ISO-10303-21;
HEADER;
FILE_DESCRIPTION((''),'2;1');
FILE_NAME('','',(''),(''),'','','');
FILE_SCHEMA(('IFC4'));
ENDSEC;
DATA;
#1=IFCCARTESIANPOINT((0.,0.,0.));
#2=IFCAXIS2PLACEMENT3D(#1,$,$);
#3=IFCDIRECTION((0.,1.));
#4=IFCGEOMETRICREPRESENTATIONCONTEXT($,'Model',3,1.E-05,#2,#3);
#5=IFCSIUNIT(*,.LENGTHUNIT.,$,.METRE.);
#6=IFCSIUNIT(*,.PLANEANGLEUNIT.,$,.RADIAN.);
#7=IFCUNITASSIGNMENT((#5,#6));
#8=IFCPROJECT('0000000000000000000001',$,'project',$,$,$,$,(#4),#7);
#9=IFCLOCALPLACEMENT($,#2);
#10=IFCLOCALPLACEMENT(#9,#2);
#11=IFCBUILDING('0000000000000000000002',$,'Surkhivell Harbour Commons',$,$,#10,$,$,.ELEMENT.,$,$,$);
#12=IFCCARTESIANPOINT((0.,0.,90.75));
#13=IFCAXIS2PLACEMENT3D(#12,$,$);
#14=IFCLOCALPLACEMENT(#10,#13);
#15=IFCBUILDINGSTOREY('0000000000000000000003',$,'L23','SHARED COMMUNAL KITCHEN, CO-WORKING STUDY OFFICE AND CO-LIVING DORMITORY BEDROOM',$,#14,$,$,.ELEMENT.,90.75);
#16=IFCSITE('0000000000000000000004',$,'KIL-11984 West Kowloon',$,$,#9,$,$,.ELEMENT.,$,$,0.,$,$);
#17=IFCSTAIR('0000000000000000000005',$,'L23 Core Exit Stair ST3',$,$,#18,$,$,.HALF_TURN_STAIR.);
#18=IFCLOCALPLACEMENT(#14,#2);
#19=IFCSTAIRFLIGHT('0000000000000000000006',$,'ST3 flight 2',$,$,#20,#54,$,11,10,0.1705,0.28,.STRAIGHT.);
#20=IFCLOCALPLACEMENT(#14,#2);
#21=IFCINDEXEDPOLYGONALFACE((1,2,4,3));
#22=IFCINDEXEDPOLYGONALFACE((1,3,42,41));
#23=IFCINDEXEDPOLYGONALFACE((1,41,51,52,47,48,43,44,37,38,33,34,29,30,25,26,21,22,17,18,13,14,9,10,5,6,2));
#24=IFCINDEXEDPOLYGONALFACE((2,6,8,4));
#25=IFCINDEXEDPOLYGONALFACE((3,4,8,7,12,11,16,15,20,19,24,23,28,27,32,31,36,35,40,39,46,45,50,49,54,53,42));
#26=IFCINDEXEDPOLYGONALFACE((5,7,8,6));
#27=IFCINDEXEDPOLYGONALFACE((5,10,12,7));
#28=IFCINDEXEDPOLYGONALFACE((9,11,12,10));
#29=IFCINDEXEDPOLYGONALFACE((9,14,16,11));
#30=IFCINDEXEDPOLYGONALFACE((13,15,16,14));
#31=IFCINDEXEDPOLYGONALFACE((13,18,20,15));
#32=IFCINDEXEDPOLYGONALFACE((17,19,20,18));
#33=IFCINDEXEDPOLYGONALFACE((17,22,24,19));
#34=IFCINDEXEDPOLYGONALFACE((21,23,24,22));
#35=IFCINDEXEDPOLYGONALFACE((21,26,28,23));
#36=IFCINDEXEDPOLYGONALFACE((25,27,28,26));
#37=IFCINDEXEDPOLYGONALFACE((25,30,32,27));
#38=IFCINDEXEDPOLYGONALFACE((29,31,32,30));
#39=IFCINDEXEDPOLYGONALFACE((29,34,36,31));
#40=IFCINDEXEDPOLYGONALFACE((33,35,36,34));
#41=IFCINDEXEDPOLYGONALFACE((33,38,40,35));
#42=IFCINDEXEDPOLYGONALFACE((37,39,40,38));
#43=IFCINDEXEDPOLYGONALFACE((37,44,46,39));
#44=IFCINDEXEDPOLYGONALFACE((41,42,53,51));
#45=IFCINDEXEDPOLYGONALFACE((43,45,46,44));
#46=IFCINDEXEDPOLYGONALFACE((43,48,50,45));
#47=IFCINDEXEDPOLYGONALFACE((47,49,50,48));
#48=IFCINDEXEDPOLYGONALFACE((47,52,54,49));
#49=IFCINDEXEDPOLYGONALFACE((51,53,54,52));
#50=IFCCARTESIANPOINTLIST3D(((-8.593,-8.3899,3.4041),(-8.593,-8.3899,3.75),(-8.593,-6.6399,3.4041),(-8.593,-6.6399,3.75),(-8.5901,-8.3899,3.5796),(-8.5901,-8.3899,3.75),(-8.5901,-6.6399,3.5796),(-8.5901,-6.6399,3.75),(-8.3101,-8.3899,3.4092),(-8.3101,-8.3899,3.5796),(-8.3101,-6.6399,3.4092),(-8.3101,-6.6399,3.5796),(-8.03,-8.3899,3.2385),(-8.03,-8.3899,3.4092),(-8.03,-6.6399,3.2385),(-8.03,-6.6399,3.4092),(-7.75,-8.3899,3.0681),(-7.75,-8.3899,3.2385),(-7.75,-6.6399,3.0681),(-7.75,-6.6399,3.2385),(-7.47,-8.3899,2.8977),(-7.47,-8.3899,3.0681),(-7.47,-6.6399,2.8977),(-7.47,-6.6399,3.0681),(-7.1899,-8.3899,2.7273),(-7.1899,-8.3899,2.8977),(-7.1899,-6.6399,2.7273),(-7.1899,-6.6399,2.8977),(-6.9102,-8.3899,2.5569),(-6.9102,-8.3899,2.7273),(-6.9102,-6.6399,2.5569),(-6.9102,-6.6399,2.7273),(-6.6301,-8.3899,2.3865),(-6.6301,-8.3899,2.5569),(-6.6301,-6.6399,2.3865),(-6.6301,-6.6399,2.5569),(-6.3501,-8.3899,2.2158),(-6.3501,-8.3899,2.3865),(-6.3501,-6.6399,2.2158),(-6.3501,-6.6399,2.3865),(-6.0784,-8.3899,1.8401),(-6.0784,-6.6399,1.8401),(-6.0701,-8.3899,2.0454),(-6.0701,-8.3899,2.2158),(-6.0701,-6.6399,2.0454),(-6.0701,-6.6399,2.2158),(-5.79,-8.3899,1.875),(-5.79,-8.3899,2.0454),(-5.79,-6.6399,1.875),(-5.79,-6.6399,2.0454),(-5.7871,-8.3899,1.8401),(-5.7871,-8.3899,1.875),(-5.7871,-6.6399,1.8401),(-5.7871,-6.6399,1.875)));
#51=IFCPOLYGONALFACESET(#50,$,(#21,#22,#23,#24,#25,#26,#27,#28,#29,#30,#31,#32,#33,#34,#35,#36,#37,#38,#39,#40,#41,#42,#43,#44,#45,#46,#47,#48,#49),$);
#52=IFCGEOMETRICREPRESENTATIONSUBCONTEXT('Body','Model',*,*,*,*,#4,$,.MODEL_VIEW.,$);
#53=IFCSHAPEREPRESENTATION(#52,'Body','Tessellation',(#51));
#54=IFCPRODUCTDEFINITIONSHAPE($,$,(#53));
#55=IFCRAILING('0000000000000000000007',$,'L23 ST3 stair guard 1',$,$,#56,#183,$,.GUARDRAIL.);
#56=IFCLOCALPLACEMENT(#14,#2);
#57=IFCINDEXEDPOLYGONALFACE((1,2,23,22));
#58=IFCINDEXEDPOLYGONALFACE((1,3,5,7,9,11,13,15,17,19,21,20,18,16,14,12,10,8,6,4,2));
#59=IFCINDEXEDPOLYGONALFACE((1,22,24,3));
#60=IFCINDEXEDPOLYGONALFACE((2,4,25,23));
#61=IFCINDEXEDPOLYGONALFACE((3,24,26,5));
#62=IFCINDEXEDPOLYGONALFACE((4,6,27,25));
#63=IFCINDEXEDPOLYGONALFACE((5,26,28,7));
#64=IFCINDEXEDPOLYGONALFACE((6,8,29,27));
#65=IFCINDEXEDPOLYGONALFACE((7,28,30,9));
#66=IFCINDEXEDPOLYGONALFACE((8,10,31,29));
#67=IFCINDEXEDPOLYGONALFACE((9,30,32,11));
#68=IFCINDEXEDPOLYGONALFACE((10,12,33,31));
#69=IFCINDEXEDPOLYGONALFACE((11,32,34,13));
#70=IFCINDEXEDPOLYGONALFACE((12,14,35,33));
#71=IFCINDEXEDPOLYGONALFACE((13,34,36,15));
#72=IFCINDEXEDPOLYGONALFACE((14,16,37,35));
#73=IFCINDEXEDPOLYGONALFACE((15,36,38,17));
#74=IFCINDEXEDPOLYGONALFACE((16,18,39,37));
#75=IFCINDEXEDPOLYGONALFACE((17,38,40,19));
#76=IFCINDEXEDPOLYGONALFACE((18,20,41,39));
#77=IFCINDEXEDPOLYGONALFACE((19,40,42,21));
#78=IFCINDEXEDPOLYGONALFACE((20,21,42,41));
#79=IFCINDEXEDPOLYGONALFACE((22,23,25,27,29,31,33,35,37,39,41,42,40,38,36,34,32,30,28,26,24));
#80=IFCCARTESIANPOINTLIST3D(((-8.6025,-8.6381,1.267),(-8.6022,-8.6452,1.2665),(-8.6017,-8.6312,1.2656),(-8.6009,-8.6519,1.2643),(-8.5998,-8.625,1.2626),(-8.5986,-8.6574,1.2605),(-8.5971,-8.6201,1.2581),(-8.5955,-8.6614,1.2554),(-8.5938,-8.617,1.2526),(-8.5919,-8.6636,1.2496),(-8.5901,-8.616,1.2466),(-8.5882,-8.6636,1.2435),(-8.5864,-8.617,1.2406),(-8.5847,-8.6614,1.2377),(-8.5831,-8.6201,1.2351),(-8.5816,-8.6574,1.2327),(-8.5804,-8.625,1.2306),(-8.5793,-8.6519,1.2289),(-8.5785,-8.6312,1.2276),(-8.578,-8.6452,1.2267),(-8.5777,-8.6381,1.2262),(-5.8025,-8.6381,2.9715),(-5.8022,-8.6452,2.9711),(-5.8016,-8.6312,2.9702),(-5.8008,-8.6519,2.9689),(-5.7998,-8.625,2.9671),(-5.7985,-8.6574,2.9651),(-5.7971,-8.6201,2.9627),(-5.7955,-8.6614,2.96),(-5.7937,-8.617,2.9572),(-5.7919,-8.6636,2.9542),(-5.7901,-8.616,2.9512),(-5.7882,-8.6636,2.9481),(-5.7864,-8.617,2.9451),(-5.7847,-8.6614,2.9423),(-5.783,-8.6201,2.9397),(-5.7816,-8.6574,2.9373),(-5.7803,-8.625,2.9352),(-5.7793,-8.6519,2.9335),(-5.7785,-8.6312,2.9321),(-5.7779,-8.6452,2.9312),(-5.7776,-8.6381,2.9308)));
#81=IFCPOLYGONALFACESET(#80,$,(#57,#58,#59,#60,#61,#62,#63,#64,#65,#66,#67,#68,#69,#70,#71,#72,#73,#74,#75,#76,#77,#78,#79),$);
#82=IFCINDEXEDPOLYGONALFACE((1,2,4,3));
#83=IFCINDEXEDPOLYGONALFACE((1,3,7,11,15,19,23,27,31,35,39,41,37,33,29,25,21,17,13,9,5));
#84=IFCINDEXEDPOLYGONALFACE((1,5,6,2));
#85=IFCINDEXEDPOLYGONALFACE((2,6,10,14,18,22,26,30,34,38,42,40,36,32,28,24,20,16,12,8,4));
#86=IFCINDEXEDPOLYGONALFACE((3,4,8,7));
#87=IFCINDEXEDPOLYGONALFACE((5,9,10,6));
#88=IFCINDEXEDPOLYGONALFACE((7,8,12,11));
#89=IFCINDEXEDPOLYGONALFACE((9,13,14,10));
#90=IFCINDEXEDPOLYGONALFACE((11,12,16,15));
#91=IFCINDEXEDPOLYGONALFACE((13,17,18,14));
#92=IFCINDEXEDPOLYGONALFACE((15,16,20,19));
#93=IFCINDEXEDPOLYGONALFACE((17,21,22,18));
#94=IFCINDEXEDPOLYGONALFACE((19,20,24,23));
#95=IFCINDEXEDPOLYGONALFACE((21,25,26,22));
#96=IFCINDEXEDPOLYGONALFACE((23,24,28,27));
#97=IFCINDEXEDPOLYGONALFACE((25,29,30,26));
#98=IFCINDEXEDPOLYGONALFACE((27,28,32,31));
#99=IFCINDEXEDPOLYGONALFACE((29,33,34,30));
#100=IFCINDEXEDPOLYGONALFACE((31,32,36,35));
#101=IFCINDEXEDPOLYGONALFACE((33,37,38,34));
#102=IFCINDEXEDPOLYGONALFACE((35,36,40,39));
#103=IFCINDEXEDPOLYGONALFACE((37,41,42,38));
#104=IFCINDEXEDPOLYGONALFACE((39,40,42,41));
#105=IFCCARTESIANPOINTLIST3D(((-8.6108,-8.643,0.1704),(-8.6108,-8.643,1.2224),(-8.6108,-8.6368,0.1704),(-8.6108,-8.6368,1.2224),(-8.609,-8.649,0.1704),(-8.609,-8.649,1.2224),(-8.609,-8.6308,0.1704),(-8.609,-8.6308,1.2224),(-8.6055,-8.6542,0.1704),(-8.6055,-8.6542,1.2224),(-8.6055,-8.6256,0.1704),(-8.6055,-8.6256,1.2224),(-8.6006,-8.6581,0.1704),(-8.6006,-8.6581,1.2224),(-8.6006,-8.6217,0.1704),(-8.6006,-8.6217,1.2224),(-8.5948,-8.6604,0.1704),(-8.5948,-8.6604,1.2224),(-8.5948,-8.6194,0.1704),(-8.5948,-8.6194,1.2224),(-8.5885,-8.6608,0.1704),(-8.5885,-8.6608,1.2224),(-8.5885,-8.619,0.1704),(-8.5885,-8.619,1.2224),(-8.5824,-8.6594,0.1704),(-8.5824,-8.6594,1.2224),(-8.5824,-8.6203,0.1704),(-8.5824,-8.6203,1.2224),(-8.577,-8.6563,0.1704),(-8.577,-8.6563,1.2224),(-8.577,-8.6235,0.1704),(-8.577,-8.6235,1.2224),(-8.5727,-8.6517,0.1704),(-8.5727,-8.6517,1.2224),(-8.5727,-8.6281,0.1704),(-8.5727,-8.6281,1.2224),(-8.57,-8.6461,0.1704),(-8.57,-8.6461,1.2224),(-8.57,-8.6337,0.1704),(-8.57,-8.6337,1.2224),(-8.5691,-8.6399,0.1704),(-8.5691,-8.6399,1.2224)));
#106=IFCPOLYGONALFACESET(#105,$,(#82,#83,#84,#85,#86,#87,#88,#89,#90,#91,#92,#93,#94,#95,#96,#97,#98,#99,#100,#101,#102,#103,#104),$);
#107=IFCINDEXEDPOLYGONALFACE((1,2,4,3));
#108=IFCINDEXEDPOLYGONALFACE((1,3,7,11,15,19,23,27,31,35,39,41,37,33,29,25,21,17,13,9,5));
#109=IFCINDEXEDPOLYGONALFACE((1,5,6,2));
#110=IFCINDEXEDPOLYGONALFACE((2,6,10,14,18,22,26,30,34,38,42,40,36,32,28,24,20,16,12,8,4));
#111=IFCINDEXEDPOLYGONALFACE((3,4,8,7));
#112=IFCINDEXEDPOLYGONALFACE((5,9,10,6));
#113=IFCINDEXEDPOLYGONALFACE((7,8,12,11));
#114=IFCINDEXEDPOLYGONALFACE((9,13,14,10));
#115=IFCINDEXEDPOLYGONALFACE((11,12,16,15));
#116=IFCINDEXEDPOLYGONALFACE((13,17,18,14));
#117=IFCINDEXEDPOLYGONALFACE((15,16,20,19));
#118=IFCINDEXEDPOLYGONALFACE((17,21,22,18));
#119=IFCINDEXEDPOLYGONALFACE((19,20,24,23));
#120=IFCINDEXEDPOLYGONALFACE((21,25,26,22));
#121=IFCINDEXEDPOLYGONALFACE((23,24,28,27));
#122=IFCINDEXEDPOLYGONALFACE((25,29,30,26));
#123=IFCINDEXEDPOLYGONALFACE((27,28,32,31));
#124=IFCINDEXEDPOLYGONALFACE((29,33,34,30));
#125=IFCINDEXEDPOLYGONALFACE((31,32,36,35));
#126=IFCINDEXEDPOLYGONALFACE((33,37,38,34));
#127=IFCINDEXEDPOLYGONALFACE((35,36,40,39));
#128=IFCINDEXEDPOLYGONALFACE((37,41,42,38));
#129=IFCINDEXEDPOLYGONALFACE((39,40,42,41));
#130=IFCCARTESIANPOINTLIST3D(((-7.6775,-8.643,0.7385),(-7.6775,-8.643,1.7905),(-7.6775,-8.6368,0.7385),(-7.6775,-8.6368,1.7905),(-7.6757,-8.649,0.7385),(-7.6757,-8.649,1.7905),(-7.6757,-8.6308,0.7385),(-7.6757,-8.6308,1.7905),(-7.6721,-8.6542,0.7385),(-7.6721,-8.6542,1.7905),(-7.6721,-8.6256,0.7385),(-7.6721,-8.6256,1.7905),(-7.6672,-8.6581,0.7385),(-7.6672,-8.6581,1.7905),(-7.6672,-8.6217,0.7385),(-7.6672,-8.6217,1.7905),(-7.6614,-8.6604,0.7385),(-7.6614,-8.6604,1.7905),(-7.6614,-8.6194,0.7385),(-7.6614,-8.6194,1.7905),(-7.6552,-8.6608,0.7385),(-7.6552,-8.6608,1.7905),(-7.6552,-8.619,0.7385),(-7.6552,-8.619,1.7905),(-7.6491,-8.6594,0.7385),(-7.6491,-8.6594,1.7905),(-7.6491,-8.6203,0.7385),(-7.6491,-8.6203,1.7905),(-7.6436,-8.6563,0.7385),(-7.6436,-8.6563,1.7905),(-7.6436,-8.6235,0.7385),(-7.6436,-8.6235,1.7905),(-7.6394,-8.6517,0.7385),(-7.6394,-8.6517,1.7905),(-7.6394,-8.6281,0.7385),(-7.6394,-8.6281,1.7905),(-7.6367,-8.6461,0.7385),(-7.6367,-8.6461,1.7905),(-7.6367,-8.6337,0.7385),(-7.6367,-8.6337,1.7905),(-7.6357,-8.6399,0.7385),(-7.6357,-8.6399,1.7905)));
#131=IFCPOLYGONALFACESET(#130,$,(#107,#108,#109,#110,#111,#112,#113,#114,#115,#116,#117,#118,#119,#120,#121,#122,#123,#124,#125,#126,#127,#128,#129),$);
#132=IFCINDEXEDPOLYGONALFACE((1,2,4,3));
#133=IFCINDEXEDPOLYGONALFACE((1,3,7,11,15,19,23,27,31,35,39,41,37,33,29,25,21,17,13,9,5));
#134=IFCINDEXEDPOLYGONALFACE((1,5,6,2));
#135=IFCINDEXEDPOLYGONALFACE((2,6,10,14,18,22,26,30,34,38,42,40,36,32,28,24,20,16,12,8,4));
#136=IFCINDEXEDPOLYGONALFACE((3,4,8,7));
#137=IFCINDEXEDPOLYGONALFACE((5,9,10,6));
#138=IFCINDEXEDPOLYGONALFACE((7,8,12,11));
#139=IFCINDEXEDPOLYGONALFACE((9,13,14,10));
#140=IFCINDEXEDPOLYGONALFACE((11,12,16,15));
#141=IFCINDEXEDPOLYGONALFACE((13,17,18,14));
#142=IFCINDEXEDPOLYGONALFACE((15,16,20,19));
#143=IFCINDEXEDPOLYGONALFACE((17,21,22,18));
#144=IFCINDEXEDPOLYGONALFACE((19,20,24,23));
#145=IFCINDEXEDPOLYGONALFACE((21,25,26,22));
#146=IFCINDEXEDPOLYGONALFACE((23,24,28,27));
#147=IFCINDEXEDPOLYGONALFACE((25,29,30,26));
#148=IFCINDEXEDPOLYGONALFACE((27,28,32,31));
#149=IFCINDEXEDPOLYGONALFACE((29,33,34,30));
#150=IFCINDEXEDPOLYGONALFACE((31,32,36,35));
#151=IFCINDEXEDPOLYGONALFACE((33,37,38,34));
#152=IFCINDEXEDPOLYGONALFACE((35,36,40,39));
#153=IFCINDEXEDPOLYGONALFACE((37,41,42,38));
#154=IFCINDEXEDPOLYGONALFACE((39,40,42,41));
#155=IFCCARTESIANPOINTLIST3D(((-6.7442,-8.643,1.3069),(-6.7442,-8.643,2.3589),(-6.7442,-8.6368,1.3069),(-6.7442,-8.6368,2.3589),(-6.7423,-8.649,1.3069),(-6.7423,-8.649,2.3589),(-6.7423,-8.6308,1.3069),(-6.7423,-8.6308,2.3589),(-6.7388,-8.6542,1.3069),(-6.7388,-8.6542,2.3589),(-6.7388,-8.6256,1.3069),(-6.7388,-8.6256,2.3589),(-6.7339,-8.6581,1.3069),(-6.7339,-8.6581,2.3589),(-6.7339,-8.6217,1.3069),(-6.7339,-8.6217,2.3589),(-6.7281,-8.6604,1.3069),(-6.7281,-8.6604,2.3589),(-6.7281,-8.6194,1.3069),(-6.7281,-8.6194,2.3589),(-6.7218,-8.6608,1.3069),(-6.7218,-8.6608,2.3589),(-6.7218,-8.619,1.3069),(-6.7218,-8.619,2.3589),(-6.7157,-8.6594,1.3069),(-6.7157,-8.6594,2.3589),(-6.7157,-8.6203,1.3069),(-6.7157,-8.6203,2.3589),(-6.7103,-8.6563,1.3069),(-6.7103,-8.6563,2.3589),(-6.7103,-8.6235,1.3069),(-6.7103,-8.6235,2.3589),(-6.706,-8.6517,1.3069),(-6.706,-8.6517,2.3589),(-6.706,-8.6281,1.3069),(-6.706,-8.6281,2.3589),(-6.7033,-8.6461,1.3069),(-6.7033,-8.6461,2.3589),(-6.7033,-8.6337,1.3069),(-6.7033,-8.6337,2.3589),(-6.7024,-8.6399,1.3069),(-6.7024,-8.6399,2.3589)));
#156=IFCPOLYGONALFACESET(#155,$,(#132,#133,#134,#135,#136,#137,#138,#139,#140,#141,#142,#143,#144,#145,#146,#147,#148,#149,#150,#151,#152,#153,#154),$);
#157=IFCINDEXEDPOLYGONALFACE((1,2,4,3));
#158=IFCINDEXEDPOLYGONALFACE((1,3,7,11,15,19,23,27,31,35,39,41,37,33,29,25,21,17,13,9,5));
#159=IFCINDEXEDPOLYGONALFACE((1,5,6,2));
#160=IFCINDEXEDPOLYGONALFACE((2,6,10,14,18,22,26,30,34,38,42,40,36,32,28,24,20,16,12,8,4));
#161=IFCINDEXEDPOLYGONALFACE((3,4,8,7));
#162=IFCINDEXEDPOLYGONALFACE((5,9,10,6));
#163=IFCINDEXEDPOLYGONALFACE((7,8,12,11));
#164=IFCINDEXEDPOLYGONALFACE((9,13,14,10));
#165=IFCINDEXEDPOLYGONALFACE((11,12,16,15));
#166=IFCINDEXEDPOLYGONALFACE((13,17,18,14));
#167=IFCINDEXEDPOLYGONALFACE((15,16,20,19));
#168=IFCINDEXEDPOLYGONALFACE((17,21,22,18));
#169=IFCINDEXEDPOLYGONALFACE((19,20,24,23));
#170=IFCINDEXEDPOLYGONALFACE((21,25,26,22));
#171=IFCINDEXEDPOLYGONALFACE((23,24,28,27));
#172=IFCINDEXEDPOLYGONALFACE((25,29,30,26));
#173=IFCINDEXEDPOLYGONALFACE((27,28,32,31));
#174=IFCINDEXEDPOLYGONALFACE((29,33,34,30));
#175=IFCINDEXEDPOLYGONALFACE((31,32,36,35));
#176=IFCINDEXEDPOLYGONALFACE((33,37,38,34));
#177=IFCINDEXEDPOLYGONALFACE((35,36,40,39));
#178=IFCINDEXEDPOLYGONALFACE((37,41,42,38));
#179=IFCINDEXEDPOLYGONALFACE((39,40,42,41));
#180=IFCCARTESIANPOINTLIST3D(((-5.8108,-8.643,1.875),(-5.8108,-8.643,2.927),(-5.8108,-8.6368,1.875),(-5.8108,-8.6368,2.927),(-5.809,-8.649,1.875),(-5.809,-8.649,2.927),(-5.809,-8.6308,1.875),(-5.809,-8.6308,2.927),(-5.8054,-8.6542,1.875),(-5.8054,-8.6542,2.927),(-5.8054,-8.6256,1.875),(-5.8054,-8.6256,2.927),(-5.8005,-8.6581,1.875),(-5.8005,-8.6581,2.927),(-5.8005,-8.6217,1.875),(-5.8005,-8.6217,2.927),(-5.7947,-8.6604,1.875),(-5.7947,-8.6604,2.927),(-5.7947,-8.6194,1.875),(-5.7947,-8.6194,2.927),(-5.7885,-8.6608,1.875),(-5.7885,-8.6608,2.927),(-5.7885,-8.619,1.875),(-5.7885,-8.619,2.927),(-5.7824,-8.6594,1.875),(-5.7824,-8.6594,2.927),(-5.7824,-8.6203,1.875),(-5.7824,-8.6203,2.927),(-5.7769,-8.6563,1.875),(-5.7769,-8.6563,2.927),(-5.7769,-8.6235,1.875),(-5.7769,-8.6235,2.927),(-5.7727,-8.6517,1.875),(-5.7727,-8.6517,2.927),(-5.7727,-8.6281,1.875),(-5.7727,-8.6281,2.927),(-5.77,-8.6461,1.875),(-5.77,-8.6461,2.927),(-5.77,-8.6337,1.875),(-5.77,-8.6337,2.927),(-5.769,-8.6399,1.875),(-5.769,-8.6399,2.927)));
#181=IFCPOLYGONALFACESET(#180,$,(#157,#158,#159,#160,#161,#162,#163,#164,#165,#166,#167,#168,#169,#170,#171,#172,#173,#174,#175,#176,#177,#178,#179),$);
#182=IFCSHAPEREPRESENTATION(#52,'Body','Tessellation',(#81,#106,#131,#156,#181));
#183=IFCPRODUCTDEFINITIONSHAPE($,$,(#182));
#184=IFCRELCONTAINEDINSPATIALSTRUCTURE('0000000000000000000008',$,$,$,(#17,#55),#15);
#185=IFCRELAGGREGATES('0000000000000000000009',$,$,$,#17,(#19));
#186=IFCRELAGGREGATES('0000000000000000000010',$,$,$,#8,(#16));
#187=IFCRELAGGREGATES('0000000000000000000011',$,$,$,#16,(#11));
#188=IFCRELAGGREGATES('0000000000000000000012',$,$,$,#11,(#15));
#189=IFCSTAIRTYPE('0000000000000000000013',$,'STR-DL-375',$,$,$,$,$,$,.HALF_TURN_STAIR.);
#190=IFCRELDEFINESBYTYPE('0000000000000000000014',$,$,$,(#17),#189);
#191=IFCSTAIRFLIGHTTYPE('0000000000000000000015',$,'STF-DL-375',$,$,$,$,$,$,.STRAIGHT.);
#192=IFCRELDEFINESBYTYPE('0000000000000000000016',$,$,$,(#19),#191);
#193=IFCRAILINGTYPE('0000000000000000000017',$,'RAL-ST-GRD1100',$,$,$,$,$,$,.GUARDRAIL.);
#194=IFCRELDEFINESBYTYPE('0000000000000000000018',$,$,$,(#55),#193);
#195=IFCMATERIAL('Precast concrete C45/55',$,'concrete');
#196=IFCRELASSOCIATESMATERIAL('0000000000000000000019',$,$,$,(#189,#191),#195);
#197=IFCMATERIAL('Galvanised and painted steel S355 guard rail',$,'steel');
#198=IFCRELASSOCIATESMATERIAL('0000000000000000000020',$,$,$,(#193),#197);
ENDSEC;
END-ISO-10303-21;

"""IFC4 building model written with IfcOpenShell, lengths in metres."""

from ifc_helpers import new_model, si_unit, direction, frame, origin, origin_2d, place, context, subcontext, project, spatial, polyline, circle, outline, extrude, material, type_object, element, aggregate, save


model = new_model("IFC4")

# Units and contexts
model_context = context("Model", 3, precision=1e-05, world=origin(), true_north=direction((0.0, 1.0)))
body_context = subcontext(model_context, "Body", "Model", "MODEL_VIEW")
ifc_project = project(units=[si_unit("LENGTHUNIT", "METRE"), si_unit("PLANEANGLEUNIT", "RADIAN")], contexts=[model_context])

# Site, building, storey
site_placement = place(None, origin())
site = spatial("IfcSite", under=ifc_project, at=site_placement, Name="KIL-11984 West Kowloon", CompositionType="ELEMENT", RefElevation=0.0)
building_placement = place(site_placement, origin())
building = spatial("IfcBuilding", under=site, at=building_placement, Name="Surkhivell Harbour Commons", CompositionType="ELEMENT")
storey_placement = place(building_placement, frame((0.0, 0.0, 90.75)))
storey = spatial("IfcBuildingStorey", under=building, at=storey_placement, Name="L23", Description="SHARED COMMUNAL KITCHEN, CO-WORKING STUDY OFFICE AND CO-LIVING DORMITORY BEDROOM", CompositionType="ELEMENT", Elevation=90.75)

# Stair, stair flight
ifc_material_1 = material(Name="Precast concrete C45/55", Category="concrete")
stair_type = type_object("IfcStairType", Name="STR-DL-375", PredefinedType="HALF_TURN_STAIR", material=ifc_material_1)
stair_placement = place(storey_placement, origin())
stair = element("IfcStair", 1, at=stair_placement, inside=storey, type_object=stair_type, Name="L23 Core Exit Stair ST3", PredefinedType="HALF_TURN_STAIR")
stair_flight_type = type_object("IfcStairFlightType", Name="STF-DL-375", PredefinedType="STRAIGHT", material=ifc_material_1)
stair_flight_1_placement = place(storey_placement, frame((-5.79, -7.5149, 1.875), z_axis=(0.0, 0.0, 1.0), x_axis=(-1.0, 0.0, 0.0)))
stair_flight_1 = element("IfcStairFlight", 2, at=stair_flight_1_placement, type_object=stair_flight_type, Name="ST3 flight 2", NumberOfRisers=11, NumberOfTreads=10, PredefinedType="STRAIGHT", RiserHeight=0.1705, TreadLength=0.28, context=body_context, shape_type="SweptSolid", body=[
    extrude(outline(polyline([(-0.0029, -0.0349), (-0.0029, 0.0), (0.0, 0.0), (0.0, 0.1704), (0.28, 0.1704), (0.28, 0.3408), (0.5601, 0.3408), (0.5601, 0.5115), (0.8401, 0.5115), (0.8401, 0.6819), (1.1201, 0.6819), (1.1201, 0.8523), (1.3999, 0.8523), (1.3999, 1.0227), (1.6799, 1.0227), (1.6799, 1.1931), (1.96, 1.1931), (1.96, 1.3635), (2.24, 1.3635), (2.24, 1.5342), (2.52, 1.5342), (2.52, 1.7046), (2.8, 1.7046), (2.8, 1.875), (2.803, 1.875), (2.803, 1.5291), (0.2883, -0.0349), (-0.0029, -0.0349)])), frame((0.0, 0.875, 0.0), z_axis=(0.0, -1.0, 0.0), x_axis=(1.0, 0.0, 0.0)), (0.0, 0.0, 1.0), 1.75),
])
aggregate(stair, [stair_flight_1])

# Railing
ifc_material_2 = material(Name="Galvanised and painted steel S355 guard rail", Category="steel")
railing_type_1 = type_object("IfcRailingType", Name="RAL-ST-GRD1100", PredefinedType="GUARDRAIL", material=ifc_material_2)
railing_1_placement = place(storey_placement, frame((-8.5901, -8.6399, 0.1704)))
element("IfcRailing", 3, at=railing_1_placement, inside=storey, type_object=railing_type_1, Name="L23 ST3 stair guard 1", PredefinedType="GUARDRAIL", context=body_context, shape_type="SweptSolid", body=[
    extrude(circle(Radius=0.0239, at=origin_2d()), frame((0.0, 0.0, 1.0762), z_axis=(0.85417, 0.0, 0.519994), x_axis=(0.0, 1.0, 0.0)), (0.0, 0.0, 1.0), 3.2781),
    extrude(circle(Radius=0.021, at=origin_2d()), origin(), (0.0, 0.0, 1.0), 1.052),
    extrude(circle(Radius=0.021, at=origin_2d()), frame((0.9333, 0.0, 0.5681)), (0.0, 0.0, 1.0), 1.052),
    extrude(circle(Radius=0.021, at=origin_2d()), frame((1.8667, 0.0, 1.1365)), (0.0, 0.0, 1.0), 1.052),
    extrude(circle(Radius=0.021, at=origin_2d()), frame((2.8, 0.0, 1.7046)), (0.0, 0.0, 1.0), 1.052),
])

save(model, "model.ifc")
